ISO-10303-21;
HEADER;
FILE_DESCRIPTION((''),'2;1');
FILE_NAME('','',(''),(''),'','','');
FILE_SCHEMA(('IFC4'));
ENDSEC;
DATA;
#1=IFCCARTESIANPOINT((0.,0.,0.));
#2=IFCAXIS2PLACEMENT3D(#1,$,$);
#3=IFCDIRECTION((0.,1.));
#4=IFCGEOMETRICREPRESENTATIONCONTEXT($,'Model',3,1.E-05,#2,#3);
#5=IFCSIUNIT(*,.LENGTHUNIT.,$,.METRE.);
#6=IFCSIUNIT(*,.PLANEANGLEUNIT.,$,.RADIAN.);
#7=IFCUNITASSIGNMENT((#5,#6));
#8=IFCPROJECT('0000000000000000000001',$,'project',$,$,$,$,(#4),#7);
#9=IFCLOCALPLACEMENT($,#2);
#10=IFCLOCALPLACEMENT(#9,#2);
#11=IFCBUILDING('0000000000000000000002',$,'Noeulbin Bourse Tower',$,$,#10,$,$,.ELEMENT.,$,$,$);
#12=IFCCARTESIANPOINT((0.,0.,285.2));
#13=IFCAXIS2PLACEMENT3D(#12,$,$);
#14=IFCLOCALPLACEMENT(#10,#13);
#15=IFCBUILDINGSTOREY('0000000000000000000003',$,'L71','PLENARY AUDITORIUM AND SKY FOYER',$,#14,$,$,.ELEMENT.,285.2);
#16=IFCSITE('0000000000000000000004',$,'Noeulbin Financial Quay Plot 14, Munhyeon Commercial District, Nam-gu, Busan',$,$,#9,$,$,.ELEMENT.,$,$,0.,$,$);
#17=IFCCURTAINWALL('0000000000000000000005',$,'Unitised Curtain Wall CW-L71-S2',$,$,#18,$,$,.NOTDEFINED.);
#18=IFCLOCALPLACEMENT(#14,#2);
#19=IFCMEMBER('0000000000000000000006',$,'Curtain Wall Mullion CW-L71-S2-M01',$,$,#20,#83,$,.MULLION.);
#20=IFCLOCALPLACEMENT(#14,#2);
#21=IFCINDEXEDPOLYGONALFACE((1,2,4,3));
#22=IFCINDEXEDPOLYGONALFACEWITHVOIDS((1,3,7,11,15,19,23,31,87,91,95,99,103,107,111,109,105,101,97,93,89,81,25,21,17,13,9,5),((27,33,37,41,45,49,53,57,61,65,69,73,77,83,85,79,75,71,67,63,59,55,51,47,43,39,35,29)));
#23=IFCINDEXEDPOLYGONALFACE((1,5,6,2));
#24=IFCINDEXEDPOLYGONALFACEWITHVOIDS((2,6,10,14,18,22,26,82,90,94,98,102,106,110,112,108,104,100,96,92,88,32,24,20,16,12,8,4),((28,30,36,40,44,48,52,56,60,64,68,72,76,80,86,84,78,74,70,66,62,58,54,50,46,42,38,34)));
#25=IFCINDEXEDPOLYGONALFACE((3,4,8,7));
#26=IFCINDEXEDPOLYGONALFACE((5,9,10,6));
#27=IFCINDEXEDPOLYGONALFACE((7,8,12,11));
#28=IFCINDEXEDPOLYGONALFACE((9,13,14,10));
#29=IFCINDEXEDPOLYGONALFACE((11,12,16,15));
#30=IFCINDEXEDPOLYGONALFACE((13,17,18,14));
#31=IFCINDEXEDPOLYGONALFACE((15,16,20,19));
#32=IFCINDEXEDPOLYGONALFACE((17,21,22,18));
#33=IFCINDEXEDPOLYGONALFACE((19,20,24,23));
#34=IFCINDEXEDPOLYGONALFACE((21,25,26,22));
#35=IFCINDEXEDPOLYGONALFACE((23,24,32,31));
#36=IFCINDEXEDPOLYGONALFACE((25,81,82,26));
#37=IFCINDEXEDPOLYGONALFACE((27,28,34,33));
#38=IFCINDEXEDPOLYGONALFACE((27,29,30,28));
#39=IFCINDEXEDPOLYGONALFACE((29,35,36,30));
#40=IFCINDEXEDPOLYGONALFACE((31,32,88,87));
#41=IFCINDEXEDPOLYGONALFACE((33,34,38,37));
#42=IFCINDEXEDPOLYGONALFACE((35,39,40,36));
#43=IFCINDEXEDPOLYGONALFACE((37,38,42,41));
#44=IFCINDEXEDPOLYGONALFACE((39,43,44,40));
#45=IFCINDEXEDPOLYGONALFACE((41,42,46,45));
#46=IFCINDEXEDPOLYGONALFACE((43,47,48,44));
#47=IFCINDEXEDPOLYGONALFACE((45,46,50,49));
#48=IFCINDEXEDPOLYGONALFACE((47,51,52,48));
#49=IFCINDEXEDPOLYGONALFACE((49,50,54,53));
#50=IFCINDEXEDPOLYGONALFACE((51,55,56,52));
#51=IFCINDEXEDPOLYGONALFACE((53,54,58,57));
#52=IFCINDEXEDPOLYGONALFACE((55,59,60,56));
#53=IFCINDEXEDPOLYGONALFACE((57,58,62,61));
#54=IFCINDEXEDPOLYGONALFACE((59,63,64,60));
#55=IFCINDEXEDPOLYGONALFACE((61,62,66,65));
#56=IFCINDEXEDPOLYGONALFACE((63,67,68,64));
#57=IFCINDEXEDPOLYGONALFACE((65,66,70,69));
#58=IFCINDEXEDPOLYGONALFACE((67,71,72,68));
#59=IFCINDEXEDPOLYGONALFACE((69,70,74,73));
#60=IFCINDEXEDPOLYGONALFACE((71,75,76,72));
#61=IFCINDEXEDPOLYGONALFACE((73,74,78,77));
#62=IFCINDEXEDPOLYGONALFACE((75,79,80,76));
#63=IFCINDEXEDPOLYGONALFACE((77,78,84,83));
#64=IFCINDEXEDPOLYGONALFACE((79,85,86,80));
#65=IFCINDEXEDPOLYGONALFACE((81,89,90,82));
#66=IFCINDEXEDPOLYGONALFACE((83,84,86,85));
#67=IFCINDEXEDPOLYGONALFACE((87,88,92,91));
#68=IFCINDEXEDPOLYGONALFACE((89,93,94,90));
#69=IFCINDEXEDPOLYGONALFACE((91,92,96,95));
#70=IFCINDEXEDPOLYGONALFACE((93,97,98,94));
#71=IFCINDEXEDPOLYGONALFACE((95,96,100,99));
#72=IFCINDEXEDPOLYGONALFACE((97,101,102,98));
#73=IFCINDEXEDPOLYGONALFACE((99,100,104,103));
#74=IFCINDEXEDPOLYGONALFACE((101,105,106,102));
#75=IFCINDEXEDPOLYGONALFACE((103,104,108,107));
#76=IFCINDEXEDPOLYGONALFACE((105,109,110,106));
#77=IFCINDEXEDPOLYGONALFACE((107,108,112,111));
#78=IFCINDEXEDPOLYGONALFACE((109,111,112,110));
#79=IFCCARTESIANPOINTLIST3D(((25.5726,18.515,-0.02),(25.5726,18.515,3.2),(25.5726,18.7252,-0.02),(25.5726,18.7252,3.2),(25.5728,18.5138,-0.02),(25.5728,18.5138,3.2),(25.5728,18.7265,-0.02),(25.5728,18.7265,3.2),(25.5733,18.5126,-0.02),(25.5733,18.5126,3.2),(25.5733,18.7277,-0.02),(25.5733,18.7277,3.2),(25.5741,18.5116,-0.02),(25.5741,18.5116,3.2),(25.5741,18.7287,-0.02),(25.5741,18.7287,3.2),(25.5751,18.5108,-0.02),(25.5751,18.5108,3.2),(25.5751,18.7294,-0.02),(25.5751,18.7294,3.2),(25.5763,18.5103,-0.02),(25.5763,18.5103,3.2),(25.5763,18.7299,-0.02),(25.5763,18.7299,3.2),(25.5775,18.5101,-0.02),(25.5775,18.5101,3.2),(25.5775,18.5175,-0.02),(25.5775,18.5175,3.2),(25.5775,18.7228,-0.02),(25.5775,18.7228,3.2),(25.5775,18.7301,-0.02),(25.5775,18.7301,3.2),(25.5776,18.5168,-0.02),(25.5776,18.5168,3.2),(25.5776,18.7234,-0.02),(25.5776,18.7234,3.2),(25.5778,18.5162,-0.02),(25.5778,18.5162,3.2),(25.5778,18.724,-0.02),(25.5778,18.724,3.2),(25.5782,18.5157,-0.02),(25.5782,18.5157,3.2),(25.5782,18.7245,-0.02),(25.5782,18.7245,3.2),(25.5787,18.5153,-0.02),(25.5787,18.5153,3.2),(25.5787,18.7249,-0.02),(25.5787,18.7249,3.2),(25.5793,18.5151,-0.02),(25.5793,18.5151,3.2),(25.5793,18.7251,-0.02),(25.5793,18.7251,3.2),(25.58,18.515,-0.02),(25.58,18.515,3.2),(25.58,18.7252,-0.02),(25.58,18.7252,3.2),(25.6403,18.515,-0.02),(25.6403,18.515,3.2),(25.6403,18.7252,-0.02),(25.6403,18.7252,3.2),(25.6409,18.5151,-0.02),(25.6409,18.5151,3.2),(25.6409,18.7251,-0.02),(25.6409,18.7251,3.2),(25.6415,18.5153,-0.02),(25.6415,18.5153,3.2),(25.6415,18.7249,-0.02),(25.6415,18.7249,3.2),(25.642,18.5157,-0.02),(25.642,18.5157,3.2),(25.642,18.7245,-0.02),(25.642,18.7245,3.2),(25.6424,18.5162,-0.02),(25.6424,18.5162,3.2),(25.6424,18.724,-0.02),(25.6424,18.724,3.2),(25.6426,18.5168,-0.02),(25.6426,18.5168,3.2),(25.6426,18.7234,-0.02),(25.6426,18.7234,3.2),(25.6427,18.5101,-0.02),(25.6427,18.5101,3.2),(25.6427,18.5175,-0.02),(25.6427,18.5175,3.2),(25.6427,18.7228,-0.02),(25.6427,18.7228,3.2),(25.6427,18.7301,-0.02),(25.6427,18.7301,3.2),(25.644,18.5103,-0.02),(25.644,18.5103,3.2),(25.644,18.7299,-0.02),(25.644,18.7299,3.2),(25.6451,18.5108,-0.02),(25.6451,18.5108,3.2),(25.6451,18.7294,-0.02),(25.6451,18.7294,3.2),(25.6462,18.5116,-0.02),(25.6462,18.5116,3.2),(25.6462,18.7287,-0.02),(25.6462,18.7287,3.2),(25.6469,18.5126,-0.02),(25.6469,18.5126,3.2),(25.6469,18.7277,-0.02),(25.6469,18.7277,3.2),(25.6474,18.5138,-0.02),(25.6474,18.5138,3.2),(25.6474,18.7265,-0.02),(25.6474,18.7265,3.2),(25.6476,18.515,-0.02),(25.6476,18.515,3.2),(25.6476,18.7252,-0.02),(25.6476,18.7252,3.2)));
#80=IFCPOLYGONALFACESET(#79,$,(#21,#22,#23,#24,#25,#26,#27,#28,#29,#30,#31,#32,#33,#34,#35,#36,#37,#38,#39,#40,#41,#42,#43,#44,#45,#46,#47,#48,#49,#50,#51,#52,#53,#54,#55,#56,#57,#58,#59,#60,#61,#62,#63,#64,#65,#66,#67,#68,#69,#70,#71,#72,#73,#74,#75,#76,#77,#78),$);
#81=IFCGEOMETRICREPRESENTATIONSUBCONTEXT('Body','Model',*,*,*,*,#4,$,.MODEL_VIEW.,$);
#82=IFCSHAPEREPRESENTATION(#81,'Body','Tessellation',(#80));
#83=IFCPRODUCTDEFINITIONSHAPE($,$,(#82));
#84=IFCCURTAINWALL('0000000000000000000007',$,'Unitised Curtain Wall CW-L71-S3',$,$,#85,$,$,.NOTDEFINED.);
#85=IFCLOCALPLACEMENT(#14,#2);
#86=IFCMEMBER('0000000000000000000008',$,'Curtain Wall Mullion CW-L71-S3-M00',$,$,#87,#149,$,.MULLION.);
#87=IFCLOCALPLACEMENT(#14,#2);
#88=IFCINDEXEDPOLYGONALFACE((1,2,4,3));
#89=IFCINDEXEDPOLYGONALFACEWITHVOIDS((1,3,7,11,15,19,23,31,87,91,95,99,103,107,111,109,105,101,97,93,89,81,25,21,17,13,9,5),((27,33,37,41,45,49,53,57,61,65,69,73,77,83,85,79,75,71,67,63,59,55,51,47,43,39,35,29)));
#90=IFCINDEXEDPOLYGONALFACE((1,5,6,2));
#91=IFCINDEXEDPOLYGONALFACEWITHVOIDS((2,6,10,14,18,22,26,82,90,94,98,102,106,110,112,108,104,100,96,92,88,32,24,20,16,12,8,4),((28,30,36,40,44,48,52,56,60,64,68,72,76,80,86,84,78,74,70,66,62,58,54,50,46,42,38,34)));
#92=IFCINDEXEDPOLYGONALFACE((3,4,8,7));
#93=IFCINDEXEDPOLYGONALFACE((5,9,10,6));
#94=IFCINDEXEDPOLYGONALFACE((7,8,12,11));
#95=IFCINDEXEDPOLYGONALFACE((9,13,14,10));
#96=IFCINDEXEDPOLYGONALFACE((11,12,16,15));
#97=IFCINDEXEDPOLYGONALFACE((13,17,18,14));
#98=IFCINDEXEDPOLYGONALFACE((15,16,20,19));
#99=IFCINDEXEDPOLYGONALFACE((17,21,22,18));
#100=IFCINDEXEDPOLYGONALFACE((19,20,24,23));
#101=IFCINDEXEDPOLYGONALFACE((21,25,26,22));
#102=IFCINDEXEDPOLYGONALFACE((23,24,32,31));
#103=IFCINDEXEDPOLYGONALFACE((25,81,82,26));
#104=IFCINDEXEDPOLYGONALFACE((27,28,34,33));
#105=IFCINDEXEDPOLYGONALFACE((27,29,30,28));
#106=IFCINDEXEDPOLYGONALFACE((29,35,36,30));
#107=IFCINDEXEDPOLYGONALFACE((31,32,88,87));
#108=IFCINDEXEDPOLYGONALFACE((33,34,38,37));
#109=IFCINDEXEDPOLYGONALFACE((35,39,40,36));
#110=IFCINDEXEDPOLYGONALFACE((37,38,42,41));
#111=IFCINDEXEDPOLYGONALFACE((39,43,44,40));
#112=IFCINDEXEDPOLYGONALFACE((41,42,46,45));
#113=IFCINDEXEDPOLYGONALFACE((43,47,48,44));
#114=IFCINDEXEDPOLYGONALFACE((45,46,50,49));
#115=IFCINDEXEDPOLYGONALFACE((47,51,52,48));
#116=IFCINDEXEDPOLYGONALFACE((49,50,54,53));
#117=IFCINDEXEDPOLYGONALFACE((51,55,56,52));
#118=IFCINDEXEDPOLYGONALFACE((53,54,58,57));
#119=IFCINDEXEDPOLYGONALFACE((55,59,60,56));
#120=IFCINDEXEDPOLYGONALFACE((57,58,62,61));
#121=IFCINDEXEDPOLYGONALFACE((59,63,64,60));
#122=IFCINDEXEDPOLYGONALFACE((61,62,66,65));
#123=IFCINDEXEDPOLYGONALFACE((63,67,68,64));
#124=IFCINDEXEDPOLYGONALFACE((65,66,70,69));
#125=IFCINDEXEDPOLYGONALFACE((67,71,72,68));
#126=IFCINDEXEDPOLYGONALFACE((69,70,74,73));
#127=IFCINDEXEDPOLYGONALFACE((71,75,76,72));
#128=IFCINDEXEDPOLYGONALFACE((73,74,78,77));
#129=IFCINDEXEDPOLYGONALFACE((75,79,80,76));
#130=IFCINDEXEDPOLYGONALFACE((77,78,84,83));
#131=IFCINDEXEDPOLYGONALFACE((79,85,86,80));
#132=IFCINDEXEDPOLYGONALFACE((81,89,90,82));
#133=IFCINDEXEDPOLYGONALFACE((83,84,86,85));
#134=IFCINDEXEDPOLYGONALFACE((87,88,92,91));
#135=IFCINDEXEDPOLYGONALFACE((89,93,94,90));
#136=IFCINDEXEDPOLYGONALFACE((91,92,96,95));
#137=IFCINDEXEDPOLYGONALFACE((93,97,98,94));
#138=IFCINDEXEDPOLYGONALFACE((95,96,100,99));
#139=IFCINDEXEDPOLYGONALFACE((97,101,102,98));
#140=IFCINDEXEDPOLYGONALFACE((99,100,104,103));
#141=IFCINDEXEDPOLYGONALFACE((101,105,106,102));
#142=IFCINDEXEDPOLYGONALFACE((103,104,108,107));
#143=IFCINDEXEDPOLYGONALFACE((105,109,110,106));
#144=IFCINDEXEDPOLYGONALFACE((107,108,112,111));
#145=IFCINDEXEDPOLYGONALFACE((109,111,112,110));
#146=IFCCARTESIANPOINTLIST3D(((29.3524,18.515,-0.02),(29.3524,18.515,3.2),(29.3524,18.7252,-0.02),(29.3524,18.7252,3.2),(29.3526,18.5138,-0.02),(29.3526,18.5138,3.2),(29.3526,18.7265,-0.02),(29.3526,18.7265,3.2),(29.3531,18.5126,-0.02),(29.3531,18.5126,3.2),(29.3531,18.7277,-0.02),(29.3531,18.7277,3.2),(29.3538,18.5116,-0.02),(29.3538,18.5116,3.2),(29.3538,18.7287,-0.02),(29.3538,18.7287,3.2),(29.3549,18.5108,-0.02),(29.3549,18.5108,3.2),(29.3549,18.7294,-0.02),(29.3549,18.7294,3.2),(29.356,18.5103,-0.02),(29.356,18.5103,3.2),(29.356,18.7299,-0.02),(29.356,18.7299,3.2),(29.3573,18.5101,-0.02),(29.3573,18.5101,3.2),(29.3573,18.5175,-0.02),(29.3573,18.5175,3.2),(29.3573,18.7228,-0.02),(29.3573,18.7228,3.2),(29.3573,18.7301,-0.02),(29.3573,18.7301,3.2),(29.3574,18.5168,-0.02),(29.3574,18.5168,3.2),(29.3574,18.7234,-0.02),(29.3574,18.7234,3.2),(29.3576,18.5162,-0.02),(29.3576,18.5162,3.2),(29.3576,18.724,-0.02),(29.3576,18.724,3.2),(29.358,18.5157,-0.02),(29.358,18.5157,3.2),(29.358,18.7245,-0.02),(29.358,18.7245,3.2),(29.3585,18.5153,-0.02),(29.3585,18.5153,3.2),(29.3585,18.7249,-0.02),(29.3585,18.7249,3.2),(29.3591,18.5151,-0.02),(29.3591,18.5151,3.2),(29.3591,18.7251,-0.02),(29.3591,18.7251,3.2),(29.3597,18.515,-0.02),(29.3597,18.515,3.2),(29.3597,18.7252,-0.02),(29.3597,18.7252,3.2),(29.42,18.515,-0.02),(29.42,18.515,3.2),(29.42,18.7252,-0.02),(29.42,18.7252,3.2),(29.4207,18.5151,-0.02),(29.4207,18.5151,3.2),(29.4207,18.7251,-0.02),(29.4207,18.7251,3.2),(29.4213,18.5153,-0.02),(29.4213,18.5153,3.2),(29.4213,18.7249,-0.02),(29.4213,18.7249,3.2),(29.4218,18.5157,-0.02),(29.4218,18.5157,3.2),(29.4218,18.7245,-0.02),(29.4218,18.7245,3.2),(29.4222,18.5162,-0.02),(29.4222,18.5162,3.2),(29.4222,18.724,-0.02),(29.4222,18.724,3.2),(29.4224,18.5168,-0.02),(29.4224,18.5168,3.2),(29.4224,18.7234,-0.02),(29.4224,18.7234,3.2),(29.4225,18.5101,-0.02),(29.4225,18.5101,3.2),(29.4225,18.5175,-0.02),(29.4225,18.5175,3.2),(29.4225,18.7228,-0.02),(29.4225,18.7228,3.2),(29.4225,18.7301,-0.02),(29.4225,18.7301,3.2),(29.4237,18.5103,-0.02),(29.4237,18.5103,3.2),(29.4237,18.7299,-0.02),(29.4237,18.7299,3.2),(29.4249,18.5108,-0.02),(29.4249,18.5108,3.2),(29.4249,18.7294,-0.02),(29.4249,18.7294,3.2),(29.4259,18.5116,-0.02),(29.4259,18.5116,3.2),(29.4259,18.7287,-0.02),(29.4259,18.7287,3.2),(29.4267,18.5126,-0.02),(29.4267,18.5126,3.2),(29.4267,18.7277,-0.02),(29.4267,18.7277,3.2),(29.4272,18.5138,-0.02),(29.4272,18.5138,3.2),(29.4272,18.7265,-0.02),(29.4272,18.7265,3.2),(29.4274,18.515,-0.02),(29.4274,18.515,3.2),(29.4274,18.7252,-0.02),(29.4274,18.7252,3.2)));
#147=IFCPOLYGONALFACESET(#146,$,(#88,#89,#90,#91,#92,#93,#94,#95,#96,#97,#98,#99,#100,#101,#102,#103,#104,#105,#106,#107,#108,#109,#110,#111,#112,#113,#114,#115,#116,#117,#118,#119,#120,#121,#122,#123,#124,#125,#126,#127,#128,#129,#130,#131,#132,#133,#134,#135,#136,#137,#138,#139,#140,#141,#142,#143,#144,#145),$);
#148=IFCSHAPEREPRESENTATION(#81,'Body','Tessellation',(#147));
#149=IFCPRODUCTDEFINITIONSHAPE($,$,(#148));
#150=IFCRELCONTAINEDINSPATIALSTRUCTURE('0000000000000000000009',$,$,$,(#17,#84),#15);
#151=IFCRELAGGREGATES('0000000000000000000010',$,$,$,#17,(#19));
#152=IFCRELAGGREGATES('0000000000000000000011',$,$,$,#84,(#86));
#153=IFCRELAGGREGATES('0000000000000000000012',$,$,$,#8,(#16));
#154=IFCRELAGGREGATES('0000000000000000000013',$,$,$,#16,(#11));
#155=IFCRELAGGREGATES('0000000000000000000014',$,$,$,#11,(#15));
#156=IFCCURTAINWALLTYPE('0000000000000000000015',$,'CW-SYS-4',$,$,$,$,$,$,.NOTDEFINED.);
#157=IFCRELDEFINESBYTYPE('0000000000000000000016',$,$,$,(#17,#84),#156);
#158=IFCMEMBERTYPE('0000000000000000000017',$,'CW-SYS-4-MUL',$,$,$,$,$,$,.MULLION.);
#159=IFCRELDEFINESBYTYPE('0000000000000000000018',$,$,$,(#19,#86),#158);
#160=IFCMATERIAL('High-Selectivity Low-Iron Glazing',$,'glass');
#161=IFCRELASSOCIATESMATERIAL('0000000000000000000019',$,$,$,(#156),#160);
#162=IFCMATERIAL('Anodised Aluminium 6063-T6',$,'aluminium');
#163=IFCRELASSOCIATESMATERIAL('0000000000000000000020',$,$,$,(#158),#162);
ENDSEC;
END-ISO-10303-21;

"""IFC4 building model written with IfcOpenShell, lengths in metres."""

from ifc_helpers import new_model, si_unit, direction, frame, origin, origin_2d, place, context, subcontext, project, spatial, hollow_rectangle, extrude, material, material_profile, profile_set, type_object, element, aggregate, save


model = new_model("IFC4")

# Units and contexts
model_context = context("Model", 3, precision=1e-05, world=origin(), true_north=direction((0.0, 1.0)))
body_context = subcontext(model_context, "Body", "Model", "MODEL_VIEW")
ifc_project = project(units=[si_unit("LENGTHUNIT", "METRE"), si_unit("PLANEANGLEUNIT", "RADIAN")], contexts=[model_context])

# Site, building, storey
site_placement = place(None, origin())
site = spatial("IfcSite", under=ifc_project, at=site_placement, Name="Noeulbin Financial Quay Plot 14, Munhyeon Commercial District, Nam-gu, Busan", CompositionType="ELEMENT", RefElevation=0.0)
building_placement = place(site_placement, origin())
building = spatial("IfcBuilding", under=site, at=building_placement, Name="Noeulbin Bourse Tower", CompositionType="ELEMENT")
storey_placement = place(building_placement, frame((0.0, 0.0, 285.2)))
storey = spatial("IfcBuildingStorey", under=building, at=storey_placement, Name="L71", Description="PLENARY AUDITORIUM AND SKY FOYER", CompositionType="ELEMENT", Elevation=285.2)

# Shared definitions
ifc_material_1 = material(Name="High-Selectivity Low-Iron Glazing", Category="glass")
curtain_wall_type = type_object("IfcCurtainWallType", Name="CW-SYS-4", PredefinedType="NOTDEFINED", material=ifc_material_1)
ifc_material_2 = material(Name="Anodised Aluminium 6063-T6", Category="aluminium")
ifc_material_profile_1 = material_profile(ifc_material_2, hollow_rectangle(XDim=0.075, YDim=0.22, WallThickness=0.0049, InnerFilletRadius=0.0024, OuterFilletRadius=0.0049, at=origin_2d()), Name="ALU-MULL-75x220x5", Category="LoadBearing")
ifc_profile_set_1 = profile_set([ifc_material_profile_1], Name="Anodised Aluminium 6063-T6")
member_type_1 = type_object("IfcMemberType", Name="CW-SYS-4-MUL", PredefinedType="MULLION", material=ifc_profile_set_1)

# Curtain walls, members
curtain_wall_1_placement = place(storey_placement, origin())
curtain_wall_1 = element("IfcCurtainWall", 1, at=curtain_wall_1_placement, inside=storey, type_object=curtain_wall_type, Name="Unitised Curtain Wall CW-L71-S2", PredefinedType="NOTDEFINED")
member_1_placement = place(storey_placement, frame((25.6101, 18.6201, -0.02), z_axis=(0.0, 0.0, 1.0), x_axis=(1.0, 0.0, 0.0)))
member_1 = element("IfcMember", 2, at=member_1_placement, type_object=member_type_1, Name="Curtain Wall Mullion CW-L71-S2-M01", PredefinedType="MULLION", context=body_context, shape_type="SweptSolid", body=[
    extrude(hollow_rectangle(XDim=0.075, YDim=0.22, WallThickness=0.0049, InnerFilletRadius=0.0024, OuterFilletRadius=0.0049, at=origin_2d()), origin(), (0.0, 0.0, 1.0), 3.22),
])
curtain_wall_2_placement = place(storey_placement, origin())
curtain_wall_2 = element("IfcCurtainWall", 3, at=curtain_wall_2_placement, inside=storey, type_object=curtain_wall_type, Name="Unitised Curtain Wall CW-L71-S3", PredefinedType="NOTDEFINED")
member_2_placement = place(storey_placement, frame((29.3899, 18.6201, -0.02), z_axis=(0.0, 0.0, 1.0), x_axis=(1.0, 0.0, 0.0)))
member_2 = element("IfcMember", 4, at=member_2_placement, type_object=member_type_1, Name="Curtain Wall Mullion CW-L71-S3-M00", PredefinedType="MULLION", context=body_context, shape_type="SweptSolid", body=[
    extrude(hollow_rectangle(XDim=0.075, YDim=0.22, WallThickness=0.0049, InnerFilletRadius=0.0024, OuterFilletRadius=0.0049, at=origin_2d()), origin(), (0.0, 0.0, 1.0), 3.22),
])

aggregate(curtain_wall_1, [member_1])
aggregate(curtain_wall_2, [member_2])

save(model, "model.ifc")
